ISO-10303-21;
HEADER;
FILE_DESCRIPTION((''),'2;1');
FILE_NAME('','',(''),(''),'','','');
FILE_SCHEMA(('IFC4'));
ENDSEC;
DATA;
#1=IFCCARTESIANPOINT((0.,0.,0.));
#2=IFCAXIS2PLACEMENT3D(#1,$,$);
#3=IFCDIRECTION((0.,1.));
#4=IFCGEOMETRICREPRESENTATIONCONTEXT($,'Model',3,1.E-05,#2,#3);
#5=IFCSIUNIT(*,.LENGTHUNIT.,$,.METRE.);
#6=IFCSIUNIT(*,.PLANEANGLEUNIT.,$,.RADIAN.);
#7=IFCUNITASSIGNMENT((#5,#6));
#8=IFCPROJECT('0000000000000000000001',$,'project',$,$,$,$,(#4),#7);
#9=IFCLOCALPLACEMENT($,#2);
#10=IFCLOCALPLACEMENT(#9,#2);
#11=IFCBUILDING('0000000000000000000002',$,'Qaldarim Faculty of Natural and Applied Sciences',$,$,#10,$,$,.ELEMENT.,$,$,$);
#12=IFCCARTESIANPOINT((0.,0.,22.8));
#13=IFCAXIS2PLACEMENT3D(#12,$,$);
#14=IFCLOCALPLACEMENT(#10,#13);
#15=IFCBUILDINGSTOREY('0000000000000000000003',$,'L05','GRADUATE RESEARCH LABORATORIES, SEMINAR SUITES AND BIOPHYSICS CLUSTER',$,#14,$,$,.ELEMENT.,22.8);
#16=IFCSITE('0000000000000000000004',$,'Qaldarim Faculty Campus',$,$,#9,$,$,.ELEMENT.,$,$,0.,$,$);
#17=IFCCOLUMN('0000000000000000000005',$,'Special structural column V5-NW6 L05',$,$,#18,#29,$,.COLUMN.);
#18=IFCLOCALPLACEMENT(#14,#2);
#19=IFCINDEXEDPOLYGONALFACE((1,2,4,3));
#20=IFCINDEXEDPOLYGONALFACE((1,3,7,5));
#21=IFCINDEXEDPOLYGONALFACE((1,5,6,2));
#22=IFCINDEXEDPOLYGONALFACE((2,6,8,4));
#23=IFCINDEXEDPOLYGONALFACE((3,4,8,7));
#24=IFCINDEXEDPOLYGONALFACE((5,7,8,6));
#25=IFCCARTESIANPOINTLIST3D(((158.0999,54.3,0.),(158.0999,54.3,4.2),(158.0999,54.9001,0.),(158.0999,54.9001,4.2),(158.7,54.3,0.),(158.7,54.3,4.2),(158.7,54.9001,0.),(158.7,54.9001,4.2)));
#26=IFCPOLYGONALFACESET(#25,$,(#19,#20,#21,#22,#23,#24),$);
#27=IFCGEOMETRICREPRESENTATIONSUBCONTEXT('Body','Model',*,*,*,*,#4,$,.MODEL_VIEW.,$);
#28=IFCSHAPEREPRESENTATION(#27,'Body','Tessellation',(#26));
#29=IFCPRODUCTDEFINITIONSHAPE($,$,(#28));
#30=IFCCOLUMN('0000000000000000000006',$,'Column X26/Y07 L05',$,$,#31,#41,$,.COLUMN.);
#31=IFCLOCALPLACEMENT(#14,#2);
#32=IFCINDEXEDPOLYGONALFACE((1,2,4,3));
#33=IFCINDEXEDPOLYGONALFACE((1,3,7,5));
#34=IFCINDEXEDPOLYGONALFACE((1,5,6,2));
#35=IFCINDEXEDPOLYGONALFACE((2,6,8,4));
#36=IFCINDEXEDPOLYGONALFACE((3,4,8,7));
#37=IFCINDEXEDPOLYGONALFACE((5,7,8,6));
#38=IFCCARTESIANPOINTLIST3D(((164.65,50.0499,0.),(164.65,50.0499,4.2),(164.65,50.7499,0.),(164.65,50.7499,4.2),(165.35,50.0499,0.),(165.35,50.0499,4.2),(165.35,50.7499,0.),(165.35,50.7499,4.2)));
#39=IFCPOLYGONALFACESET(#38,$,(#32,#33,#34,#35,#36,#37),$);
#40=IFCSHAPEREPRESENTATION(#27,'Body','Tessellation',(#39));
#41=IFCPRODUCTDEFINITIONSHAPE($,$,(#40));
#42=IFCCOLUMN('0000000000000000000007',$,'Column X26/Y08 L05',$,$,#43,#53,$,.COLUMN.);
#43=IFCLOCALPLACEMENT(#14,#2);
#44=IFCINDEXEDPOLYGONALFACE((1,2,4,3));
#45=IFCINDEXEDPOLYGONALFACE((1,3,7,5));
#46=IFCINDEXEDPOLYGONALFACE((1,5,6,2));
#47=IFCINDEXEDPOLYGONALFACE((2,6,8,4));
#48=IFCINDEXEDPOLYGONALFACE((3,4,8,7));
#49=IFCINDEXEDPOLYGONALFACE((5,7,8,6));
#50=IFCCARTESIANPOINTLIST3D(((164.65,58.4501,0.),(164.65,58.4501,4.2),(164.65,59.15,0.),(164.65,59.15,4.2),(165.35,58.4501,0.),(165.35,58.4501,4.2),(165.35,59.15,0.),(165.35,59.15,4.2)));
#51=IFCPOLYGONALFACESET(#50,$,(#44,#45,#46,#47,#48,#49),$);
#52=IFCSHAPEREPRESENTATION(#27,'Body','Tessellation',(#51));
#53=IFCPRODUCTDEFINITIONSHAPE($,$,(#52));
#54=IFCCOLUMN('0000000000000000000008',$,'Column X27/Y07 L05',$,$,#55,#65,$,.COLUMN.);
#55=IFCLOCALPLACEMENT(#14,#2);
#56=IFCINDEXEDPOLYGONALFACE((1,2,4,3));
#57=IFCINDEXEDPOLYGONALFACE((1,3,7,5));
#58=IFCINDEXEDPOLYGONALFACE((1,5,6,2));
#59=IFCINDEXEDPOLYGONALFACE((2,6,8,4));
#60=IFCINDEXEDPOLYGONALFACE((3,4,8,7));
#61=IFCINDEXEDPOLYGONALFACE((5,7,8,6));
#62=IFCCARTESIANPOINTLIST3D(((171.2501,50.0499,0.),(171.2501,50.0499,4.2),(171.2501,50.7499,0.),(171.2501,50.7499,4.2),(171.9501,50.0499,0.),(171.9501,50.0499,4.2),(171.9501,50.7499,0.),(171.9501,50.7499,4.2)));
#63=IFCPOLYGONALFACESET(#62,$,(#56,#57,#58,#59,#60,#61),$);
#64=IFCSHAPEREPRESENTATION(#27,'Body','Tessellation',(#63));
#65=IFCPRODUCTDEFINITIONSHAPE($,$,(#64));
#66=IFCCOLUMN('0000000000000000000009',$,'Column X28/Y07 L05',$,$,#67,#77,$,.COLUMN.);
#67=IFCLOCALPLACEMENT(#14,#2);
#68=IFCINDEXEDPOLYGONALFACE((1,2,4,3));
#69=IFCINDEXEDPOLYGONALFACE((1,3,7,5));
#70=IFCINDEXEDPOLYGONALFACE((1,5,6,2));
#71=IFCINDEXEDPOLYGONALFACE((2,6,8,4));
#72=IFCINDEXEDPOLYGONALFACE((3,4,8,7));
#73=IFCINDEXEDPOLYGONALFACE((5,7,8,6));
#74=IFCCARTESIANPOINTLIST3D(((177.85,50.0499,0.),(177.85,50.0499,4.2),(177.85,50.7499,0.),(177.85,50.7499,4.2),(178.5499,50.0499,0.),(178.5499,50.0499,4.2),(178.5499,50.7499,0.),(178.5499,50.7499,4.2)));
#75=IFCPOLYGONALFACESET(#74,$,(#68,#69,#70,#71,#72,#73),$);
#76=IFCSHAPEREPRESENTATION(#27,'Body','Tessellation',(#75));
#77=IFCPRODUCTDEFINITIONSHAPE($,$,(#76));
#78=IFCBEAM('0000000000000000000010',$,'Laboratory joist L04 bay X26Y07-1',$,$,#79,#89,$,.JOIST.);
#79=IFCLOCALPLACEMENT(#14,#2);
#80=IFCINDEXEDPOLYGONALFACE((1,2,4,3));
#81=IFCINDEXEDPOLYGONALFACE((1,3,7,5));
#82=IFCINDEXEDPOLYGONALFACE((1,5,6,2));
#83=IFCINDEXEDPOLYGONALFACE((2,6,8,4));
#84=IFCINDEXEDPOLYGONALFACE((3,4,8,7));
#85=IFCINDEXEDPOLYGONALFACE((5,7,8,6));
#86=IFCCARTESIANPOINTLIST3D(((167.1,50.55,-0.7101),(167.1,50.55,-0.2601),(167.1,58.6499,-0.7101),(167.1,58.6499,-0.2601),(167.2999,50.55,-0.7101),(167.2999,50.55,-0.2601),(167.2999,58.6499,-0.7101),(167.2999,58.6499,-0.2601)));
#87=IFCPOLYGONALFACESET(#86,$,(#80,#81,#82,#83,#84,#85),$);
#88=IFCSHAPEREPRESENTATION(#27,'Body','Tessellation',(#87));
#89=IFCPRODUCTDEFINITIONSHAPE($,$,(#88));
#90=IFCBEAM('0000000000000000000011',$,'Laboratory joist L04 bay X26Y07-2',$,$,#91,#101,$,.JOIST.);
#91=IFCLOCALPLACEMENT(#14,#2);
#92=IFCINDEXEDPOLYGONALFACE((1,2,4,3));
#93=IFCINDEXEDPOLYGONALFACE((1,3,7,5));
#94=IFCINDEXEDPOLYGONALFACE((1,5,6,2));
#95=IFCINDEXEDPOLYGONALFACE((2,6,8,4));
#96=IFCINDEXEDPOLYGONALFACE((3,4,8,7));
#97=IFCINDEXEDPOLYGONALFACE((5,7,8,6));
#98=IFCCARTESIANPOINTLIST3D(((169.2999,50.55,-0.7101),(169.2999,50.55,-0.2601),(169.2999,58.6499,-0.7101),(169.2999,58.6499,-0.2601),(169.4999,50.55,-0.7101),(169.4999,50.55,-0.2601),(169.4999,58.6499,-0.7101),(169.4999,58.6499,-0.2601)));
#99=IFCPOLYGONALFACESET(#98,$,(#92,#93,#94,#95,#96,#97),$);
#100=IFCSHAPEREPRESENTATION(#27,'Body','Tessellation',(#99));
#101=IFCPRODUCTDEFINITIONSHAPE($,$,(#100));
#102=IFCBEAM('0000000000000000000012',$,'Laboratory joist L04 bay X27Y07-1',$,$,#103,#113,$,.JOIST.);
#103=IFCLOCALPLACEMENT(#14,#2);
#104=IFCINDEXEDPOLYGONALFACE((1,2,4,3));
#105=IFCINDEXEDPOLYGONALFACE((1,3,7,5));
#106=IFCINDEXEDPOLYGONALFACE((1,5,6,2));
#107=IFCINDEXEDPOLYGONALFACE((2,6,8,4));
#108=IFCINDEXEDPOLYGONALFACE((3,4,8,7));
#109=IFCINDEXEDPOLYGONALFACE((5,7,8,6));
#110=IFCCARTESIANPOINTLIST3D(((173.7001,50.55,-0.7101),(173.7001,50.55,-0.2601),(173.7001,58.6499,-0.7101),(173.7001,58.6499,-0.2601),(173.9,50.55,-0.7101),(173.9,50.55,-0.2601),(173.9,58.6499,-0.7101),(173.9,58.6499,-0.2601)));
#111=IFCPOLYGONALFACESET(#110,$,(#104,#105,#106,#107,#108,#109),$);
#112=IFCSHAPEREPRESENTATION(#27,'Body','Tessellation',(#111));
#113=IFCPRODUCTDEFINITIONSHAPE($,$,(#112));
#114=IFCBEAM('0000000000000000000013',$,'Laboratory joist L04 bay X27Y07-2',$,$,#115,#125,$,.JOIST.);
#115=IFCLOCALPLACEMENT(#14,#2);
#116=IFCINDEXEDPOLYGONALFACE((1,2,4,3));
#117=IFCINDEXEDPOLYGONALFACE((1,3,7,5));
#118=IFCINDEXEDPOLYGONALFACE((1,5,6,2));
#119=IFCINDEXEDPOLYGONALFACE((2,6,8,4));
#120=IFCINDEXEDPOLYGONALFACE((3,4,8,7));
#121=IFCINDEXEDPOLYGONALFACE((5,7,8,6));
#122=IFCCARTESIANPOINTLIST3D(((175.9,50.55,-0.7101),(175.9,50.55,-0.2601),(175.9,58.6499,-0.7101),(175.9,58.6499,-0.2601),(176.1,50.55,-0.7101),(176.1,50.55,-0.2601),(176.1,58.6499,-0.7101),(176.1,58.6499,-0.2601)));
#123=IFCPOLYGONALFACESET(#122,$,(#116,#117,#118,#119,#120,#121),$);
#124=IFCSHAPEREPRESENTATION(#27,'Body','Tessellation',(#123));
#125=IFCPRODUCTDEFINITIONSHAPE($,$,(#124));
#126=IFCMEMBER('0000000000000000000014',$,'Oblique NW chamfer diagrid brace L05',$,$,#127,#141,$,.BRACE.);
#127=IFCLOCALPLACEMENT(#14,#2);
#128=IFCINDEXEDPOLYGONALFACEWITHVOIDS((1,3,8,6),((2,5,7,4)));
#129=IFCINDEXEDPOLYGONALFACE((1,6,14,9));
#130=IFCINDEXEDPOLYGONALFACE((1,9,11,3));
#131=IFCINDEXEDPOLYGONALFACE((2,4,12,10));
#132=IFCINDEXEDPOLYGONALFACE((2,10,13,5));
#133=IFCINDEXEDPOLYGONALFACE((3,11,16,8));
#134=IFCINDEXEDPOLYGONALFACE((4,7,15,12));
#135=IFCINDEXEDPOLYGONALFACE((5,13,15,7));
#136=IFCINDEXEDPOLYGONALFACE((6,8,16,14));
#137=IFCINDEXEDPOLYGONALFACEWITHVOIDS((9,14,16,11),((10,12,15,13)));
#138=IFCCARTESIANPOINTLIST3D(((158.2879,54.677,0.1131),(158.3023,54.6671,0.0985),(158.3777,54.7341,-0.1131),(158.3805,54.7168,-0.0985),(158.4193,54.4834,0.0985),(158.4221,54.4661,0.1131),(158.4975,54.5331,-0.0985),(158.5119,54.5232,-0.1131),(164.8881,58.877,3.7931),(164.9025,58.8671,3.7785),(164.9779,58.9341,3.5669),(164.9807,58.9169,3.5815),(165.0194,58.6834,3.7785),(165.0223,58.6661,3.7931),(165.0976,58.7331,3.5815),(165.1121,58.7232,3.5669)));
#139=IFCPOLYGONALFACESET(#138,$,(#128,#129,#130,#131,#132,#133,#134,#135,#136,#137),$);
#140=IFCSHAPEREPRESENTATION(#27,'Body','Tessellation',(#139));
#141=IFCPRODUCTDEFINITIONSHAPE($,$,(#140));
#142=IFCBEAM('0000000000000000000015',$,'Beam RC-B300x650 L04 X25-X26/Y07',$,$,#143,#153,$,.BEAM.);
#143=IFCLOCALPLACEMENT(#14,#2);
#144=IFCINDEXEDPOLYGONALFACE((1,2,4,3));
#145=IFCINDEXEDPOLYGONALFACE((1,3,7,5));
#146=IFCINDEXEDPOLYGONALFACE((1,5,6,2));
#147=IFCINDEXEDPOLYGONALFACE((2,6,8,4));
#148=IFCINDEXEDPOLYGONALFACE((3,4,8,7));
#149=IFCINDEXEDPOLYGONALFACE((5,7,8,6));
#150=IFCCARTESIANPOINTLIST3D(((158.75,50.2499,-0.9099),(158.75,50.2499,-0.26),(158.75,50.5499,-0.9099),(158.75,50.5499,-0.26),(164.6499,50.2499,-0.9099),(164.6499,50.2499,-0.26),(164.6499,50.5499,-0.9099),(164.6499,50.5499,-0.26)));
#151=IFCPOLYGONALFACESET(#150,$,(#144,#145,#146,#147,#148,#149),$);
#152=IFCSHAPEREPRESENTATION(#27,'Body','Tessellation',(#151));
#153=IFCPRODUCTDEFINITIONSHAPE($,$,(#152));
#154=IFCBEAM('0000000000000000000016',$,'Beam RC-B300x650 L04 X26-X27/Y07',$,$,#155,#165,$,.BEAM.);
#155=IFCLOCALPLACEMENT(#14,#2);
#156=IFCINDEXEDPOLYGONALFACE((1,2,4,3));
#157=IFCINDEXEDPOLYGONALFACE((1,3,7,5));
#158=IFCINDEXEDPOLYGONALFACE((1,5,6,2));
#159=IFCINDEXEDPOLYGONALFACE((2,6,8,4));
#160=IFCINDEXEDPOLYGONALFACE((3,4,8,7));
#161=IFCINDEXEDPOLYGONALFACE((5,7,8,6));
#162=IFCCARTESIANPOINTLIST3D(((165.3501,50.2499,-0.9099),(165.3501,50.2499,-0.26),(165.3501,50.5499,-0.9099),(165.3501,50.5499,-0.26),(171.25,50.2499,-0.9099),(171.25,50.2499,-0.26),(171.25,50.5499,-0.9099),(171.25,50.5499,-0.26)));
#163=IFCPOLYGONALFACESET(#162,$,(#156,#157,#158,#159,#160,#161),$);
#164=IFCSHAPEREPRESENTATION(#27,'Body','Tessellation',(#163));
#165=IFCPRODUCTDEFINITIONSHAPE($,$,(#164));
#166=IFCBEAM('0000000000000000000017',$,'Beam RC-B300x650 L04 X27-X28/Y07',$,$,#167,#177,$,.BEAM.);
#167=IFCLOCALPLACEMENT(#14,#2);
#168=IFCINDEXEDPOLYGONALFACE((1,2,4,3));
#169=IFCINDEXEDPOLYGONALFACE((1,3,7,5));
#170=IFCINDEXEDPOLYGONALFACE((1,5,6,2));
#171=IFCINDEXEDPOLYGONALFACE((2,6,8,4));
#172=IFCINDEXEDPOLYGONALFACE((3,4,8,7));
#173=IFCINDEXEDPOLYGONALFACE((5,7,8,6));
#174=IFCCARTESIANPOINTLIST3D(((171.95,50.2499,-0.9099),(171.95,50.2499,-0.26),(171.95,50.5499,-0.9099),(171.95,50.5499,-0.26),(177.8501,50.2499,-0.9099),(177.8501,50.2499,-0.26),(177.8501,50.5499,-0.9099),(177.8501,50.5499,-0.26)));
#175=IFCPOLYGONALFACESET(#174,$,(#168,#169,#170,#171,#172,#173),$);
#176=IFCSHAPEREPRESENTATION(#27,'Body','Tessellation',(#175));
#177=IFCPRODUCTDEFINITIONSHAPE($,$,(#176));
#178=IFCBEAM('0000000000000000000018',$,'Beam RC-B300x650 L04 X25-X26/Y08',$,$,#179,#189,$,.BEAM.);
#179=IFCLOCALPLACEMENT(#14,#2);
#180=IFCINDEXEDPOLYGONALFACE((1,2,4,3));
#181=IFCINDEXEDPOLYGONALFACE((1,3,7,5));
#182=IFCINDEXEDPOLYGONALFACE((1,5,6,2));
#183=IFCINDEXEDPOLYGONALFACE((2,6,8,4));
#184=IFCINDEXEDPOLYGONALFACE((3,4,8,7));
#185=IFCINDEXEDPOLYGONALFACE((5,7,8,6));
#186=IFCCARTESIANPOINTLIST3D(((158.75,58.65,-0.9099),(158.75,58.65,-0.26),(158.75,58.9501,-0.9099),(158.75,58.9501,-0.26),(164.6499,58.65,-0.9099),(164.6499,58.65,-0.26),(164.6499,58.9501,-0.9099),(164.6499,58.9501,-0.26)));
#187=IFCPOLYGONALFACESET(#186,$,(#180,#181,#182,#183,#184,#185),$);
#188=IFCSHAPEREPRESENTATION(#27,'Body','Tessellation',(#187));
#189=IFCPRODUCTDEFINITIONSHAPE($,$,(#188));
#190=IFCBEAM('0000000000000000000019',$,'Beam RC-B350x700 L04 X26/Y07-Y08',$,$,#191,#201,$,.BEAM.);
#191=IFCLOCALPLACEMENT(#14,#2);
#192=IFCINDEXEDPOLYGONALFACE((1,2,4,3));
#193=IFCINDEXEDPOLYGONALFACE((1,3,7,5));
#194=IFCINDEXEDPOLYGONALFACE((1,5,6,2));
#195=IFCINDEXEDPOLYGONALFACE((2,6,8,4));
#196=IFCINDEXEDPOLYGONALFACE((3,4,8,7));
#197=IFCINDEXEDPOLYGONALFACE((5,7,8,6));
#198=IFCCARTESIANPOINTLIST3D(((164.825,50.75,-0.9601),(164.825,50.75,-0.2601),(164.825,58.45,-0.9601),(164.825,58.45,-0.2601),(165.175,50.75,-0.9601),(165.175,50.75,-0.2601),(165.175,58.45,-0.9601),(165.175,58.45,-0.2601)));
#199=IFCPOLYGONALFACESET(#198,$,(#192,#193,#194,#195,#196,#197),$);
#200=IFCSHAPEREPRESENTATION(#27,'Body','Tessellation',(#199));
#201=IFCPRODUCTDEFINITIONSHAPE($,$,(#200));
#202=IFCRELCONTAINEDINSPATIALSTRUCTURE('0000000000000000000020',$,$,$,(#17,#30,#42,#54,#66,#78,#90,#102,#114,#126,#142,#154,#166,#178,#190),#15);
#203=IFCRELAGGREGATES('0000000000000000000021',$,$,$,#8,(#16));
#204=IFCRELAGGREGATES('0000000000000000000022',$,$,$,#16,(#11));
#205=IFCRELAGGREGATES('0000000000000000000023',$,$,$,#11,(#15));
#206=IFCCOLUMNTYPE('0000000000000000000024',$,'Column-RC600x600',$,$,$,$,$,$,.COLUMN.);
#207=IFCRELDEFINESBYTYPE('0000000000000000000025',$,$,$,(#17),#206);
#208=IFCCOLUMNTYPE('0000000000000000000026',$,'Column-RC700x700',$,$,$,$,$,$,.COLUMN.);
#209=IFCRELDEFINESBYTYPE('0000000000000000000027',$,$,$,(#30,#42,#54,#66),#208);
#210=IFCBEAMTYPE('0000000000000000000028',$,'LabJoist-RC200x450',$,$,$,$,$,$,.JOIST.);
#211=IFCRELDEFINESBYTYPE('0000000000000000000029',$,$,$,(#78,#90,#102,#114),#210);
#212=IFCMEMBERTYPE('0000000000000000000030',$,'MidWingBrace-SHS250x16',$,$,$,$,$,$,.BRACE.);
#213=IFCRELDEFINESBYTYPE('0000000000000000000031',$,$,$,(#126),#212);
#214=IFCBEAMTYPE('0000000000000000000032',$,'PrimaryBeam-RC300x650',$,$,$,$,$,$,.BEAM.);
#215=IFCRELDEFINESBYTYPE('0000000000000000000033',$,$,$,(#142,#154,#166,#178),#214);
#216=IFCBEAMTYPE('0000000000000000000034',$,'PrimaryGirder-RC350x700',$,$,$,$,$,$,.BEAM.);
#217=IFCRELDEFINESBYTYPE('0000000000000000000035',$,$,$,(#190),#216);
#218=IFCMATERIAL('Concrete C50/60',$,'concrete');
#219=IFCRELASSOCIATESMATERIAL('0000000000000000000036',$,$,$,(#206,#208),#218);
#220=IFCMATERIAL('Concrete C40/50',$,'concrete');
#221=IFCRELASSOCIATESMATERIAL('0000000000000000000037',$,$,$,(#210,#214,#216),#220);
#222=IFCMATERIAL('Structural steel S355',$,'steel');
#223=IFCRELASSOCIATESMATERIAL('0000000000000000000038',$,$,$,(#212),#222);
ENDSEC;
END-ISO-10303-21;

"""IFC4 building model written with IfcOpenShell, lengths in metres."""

from ifc_helpers import new_model, si_unit, direction, frame, origin, origin_2d, place, context, subcontext, project, spatial, rectangle, hollow_rectangle, extrude, material, material_profile, profile_set, type_object, element, save


model = new_model("IFC4")

# Units and contexts
model_context = context("Model", 3, precision=1e-05, world=origin(), true_north=direction((0.0, 1.0)))
body_context = subcontext(model_context, "Body", "Model", "MODEL_VIEW")
ifc_project = project(units=[si_unit("LENGTHUNIT", "METRE"), si_unit("PLANEANGLEUNIT", "RADIAN")], contexts=[model_context])

# Site, building, storey
site_placement = place(None, origin())
site = spatial("IfcSite", under=ifc_project, at=site_placement, Name="Qaldarim Faculty Campus", CompositionType="ELEMENT", RefElevation=0.0)
building_placement = place(site_placement, origin())
building = spatial("IfcBuilding", under=site, at=building_placement, Name="Qaldarim Faculty of Natural and Applied Sciences", CompositionType="ELEMENT")
storey_placement = place(building_placement, frame((0.0, 0.0, 22.8)))
storey = spatial("IfcBuildingStorey", under=building, at=storey_placement, Name="L05", Description="GRADUATE RESEARCH LABORATORIES, SEMINAR SUITES AND BIOPHYSICS CLUSTER", CompositionType="ELEMENT", Elevation=22.8)

# Columns
ifc_material_1 = material(Name="Concrete C50/60", Category="concrete")
ifc_material_profile_1 = material_profile(ifc_material_1, rectangle(XDim=0.6001, YDim=0.6001, at=origin_2d()), Name="RC-C600x600")
ifc_profile_set_1 = profile_set([ifc_material_profile_1], Name="Concrete C50/60")
column_type_1 = type_object("IfcColumnType", Name="Column-RC600x600", PredefinedType="COLUMN", material=ifc_profile_set_1)
column_placement = place(storey_placement, frame((158.3999, 54.6001, 0.0), z_axis=(0.0, 0.0, 1.0), x_axis=(1.0, 0.0, 0.0)))
element("IfcColumn", 1, at=column_placement, inside=storey, type_object=column_type_1, Name="Special structural column V5-NW6 L05", PredefinedType="COLUMN", context=body_context, shape_type="SweptSolid", body=[
    extrude(rectangle(XDim=0.6001, YDim=0.6001, at=origin_2d()), origin(), (0.0, 0.0, 1.0), 4.2),
])
ifc_material_profile_2 = material_profile(ifc_material_1, rectangle(XDim=0.7, YDim=0.7, at=origin_2d()), Name="RC-C700x700")
ifc_profile_set_2 = profile_set([ifc_material_profile_2], Name="Concrete C50/60")
column_type_2 = type_object("IfcColumnType", Name="Column-RC700x700", PredefinedType="COLUMN", material=ifc_profile_set_2)
for number, where, z_axis, x_axis, name in (
    (2, (165.0, 50.3999, 0.0), (0.0, 0.0, 1.0), (1.0, 0.0, 0.0), "Column X26/Y07 L05"),
    (3, (165.0, 58.8, 0.0), (0.0, 0.0, 1.0), (1.0, 0.0, 0.0), "Column X26/Y08 L05"),
    (4, (171.6001, 50.3999, 0.0), (0.0, 0.0, 1.0), (1.0, 0.0, 0.0), "Column X27/Y07 L05"),
    (5, (178.2, 50.3999, 0.0), (0.0, 0.0, 1.0), (1.0, 0.0, 0.0), "Column X28/Y07 L05"),
):
    element("IfcColumn", number, at=place(storey_placement, frame(where, z_axis=z_axis, x_axis=x_axis)), inside=storey, type_object=column_type_2, Name=name, PredefinedType="COLUMN", context=body_context, shape_type="SweptSolid", body=[
        extrude(rectangle(XDim=0.7, YDim=0.7, at=origin_2d()), origin(), (0.0, 0.0, 1.0), 4.2),
    ])

# Beams
ifc_material_2 = material(Name="Concrete C40/50", Category="concrete")
ifc_material_profile_3 = material_profile(ifc_material_2, rectangle(XDim=0.2, YDim=0.45, at=origin_2d()), Name="RC-J200x450")
ifc_profile_set_3 = profile_set([ifc_material_profile_3], Name="Concrete C40/50")
beam_type_1 = type_object("IfcBeamType", Name="LabJoist-RC200x450", PredefinedType="JOIST", material=ifc_profile_set_3)
for number, where, z_axis, x_axis, name in (
    (6, (167.2, 50.55, -0.4851), (0.0, 1.0, 0.0), (-1.0, 0.0, 0.0), "Laboratory joist L04 bay X26Y07-1"),
    (7, (169.3999, 50.55, -0.4851), (0.0, 1.0, 0.0), (-1.0, 0.0, 0.0), "Laboratory joist L04 bay X26Y07-2"),
    (8, (173.8, 50.55, -0.4851), (0.0, 1.0, 0.0), (-1.0, 0.0, 0.0), "Laboratory joist L04 bay X27Y07-1"),
    (9, (176.0, 50.55, -0.4851), (0.0, 1.0, 0.0), (-1.0, 0.0, 0.0), "Laboratory joist L04 bay X27Y07-2"),
):
    element("IfcBeam", number, at=place(storey_placement, frame(where, z_axis=z_axis, x_axis=x_axis)), inside=storey, type_object=beam_type_1, Name=name, PredefinedType="JOIST", context=body_context, shape_type="SweptSolid", body=[
        extrude(rectangle(XDim=0.2, YDim=0.45, at=origin_2d()), origin(), (0.0, 0.0, 1.0), 8.0999),
    ])

# Member
ifc_material_3 = material(Name="Structural steel S355", Category="steel")
ifc_material_profile_4 = material_profile(ifc_material_3, hollow_rectangle(XDim=0.25, YDim=0.25, WallThickness=0.0161, at=origin_2d()), Name="SHS 250x250x16.0")
ifc_profile_set_4 = profile_set([ifc_material_profile_4], Name="Structural steel S355")
member_type = type_object("IfcMemberType", Name="MidWingBrace-SHS250x16", PredefinedType="BRACE", material=ifc_profile_set_4)
member_placement = place(storey_placement, frame((158.3999, 54.6001, 0.0), z_axis=(0.763424, 0.485802, 0.425652), x_axis=(-0.536865, 0.843668, 0.0)))
element("IfcMember", 10, at=member_placement, inside=storey, type_object=member_type, Name="Oblique NW chamfer diagrid brace L05", PredefinedType="BRACE", context=body_context, shape_type="SweptSolid", body=[
    extrude(hollow_rectangle(XDim=0.25, YDim=0.25, WallThickness=0.0161, at=origin_2d()), origin(), (0.0, 0.0, 1.0), 8.6455),
])

# Beams
ifc_material_profile_5 = material_profile(ifc_material_2, rectangle(XDim=0.3, YDim=0.6499, at=origin_2d()), Name="RC-B300x650")
ifc_profile_set_5 = profile_set([ifc_material_profile_5], Name="Concrete C40/50")
beam_type_2 = type_object("IfcBeamType", Name="PrimaryBeam-RC300x650", PredefinedType="BEAM", material=ifc_profile_set_5)
for number, where, z_axis, x_axis, name in (
    (11, (158.75, 50.3999, -0.585), (1.0, 0.0, 0.0), (0.0, 1.0, 0.0), "Beam RC-B300x650 L04 X25-X26/Y07"),
    (12, (165.3501, 50.3999, -0.585), (1.0, 0.0, 0.0), (0.0, 1.0, 0.0), "Beam RC-B300x650 L04 X26-X27/Y07"),
):
    element("IfcBeam", number, at=place(storey_placement, frame(where, z_axis=z_axis, x_axis=x_axis)), inside=storey, type_object=beam_type_2, Name=name, PredefinedType="BEAM", context=body_context, shape_type="SweptSolid", body=[
        extrude(rectangle(XDim=0.3, YDim=0.6499, at=origin_2d()), origin(), (0.0, 0.0, 1.0), 5.8999),
    ])
beam_1_placement = place(storey_placement, frame((171.95, 50.3999, -0.585), z_axis=(1.0, 0.0, 0.0), x_axis=(0.0, 1.0, 0.0)))
element("IfcBeam", 13, at=beam_1_placement, inside=storey, type_object=beam_type_2, Name="Beam RC-B300x650 L04 X27-X28/Y07", PredefinedType="BEAM", context=body_context, shape_type="SweptSolid", body=[
    extrude(rectangle(XDim=0.3, YDim=0.6499, at=origin_2d()), origin(), (0.0, 0.0, 1.0), 5.9001),
])
beam_2_placement = place(storey_placement, frame((158.75, 58.8, -0.585), z_axis=(1.0, 0.0, 0.0), x_axis=(0.0, 1.0, 0.0)))
element("IfcBeam", 14, at=beam_2_placement, inside=storey, type_object=beam_type_2, Name="Beam RC-B300x650 L04 X25-X26/Y08", PredefinedType="BEAM", context=body_context, shape_type="SweptSolid", body=[
    extrude(rectangle(XDim=0.3, YDim=0.6499, at=origin_2d()), origin(), (0.0, 0.0, 1.0), 5.8999),
])
ifc_material_profile_6 = material_profile(ifc_material_2, rectangle(XDim=0.3501, YDim=0.7, at=origin_2d()), Name="RC-B350x700")
ifc_profile_set_6 = profile_set([ifc_material_profile_6], Name="Concrete C40/50")
beam_type_3 = type_object("IfcBeamType", Name="PrimaryGirder-RC350x700", PredefinedType="BEAM", material=ifc_profile_set_6)
for number, where, z_axis, x_axis, name in (
    (15, (165.0, 50.75, -0.6101), (0.0, 1.0, 0.0), (-1.0, 0.0, 0.0), "Beam RC-B350x700 L04 X26/Y07-Y08"),
):
    element("IfcBeam", number, at=place(storey_placement, frame(where, z_axis=z_axis, x_axis=x_axis)), inside=storey, type_object=beam_type_3, Name=name, PredefinedType="BEAM", context=body_context, shape_type="SweptSolid", body=[
        extrude(rectangle(XDim=0.3501, YDim=0.7, at=origin_2d()), origin(), (0.0, 0.0, 1.0), 7.7),
    ])

save(model, "model.ifc")
